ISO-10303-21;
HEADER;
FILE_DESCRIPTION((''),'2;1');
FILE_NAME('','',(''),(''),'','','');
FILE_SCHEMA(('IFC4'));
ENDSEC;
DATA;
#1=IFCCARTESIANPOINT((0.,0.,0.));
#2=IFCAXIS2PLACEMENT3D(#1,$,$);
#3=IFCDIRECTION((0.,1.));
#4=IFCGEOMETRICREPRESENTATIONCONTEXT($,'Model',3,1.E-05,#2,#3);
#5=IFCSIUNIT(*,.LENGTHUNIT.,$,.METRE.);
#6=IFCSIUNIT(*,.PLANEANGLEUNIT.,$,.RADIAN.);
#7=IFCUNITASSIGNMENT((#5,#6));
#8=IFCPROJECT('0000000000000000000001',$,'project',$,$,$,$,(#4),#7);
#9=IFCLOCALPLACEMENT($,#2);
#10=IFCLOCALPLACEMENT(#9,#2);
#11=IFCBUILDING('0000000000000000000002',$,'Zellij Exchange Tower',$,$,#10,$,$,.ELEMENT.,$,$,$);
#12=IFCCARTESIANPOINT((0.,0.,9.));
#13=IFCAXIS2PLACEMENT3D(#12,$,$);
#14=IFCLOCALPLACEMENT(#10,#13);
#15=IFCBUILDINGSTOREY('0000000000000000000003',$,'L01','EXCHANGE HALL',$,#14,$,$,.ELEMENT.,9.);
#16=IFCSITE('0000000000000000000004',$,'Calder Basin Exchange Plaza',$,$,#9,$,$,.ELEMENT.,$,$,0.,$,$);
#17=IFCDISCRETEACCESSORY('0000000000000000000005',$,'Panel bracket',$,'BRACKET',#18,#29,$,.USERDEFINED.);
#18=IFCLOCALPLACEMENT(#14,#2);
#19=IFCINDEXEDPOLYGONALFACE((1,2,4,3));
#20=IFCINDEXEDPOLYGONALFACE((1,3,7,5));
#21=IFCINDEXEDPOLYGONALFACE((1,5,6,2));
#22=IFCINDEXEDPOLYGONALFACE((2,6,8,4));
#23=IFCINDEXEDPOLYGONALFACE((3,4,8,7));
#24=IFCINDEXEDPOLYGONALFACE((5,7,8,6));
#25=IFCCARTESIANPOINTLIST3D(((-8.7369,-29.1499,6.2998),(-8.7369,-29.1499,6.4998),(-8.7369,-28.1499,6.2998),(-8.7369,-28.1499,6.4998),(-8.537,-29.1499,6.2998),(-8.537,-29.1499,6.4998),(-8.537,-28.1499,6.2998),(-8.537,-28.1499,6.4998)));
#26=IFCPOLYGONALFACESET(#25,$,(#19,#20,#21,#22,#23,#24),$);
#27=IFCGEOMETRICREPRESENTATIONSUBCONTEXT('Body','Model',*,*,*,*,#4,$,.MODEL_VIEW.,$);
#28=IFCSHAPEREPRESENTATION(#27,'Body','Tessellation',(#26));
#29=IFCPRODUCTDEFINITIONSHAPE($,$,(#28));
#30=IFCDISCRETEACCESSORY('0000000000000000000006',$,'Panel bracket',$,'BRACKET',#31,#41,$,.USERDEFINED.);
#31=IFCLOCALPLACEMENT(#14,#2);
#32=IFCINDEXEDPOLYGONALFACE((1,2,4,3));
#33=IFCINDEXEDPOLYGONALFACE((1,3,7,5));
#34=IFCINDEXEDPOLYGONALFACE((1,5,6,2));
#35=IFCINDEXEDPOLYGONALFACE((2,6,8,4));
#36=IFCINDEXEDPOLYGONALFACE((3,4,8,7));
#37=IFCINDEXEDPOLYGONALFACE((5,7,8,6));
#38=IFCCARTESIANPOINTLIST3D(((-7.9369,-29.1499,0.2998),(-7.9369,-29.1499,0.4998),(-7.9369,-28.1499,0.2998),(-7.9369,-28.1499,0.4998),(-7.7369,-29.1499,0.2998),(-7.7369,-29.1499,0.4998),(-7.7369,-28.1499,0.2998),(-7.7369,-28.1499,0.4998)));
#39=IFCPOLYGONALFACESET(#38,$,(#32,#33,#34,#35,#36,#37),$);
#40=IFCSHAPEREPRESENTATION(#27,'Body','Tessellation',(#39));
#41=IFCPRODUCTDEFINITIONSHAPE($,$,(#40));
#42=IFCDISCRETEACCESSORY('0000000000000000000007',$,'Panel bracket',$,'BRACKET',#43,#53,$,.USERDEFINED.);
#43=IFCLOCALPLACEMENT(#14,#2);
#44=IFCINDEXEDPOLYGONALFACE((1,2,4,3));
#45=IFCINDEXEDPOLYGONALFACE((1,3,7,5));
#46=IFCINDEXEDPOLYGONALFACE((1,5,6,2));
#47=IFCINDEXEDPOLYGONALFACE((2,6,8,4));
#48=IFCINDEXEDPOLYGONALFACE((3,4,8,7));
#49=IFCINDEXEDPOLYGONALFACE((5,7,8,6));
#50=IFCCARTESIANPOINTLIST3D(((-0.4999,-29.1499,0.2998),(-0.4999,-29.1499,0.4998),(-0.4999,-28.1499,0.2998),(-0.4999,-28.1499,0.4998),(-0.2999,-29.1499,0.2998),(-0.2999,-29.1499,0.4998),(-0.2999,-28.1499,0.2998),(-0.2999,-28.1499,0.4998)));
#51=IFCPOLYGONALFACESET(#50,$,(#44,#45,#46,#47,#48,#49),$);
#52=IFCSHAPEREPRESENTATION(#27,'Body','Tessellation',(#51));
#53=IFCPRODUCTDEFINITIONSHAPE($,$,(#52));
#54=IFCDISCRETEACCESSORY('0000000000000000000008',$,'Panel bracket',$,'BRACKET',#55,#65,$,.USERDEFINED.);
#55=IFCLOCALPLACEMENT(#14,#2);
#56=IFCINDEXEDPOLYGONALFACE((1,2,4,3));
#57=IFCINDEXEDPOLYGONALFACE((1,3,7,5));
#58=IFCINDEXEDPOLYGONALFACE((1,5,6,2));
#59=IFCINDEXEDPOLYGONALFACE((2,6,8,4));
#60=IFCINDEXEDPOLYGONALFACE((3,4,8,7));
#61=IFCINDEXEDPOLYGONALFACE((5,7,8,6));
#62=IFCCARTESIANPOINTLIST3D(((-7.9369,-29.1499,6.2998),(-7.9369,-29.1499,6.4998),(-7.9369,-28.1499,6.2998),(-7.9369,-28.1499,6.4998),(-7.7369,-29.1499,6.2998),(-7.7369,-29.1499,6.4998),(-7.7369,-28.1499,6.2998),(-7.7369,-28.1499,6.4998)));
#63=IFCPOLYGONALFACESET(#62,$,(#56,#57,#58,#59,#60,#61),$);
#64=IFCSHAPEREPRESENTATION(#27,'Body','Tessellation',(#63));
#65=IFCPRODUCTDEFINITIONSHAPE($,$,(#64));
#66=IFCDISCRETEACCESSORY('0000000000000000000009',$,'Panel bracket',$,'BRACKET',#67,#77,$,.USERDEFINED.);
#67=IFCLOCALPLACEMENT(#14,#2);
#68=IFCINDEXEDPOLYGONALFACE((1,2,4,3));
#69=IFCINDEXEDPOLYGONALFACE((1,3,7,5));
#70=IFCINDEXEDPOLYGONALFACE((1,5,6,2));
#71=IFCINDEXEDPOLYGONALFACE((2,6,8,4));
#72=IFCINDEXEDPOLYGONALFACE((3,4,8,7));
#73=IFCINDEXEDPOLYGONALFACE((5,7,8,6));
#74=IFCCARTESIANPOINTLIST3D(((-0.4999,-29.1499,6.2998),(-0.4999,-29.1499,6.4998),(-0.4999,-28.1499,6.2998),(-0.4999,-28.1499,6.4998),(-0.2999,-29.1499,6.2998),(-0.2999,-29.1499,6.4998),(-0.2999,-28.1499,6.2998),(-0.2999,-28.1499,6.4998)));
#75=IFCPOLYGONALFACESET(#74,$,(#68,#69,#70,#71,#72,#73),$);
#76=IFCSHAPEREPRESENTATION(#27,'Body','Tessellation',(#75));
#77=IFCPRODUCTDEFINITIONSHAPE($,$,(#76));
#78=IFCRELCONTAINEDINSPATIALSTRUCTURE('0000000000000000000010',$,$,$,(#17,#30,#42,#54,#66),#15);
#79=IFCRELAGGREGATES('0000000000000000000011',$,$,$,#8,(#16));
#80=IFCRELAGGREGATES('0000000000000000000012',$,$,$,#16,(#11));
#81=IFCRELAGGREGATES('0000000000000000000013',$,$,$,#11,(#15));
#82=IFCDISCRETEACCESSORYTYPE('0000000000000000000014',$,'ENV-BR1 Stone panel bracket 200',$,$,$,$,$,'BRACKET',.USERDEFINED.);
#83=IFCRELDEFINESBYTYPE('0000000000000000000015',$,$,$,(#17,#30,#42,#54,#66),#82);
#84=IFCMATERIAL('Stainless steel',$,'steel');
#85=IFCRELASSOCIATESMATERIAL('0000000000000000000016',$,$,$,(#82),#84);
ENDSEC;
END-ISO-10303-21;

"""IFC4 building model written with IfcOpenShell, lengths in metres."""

from ifc_helpers import new_model, si_unit, direction, frame, origin, origin_2d, place, context, subcontext, project, spatial, rectangle, extrude, material, type_object, element, save


model = new_model("IFC4")

# Units and contexts
model_context = context("Model", 3, precision=1e-05, world=origin(), true_north=direction((0.0, 1.0)))
body_context = subcontext(model_context, "Body", "Model", "MODEL_VIEW")
ifc_project = project(units=[si_unit("LENGTHUNIT", "METRE"), si_unit("PLANEANGLEUNIT", "RADIAN")], contexts=[model_context])

# Site, building, storey
site_placement = place(None, origin())
site = spatial("IfcSite", under=ifc_project, at=site_placement, Name="Calder Basin Exchange Plaza", CompositionType="ELEMENT", RefElevation=0.0)
building_placement = place(site_placement, origin())
building = spatial("IfcBuilding", under=site, at=building_placement, Name="Zellij Exchange Tower", CompositionType="ELEMENT")
storey_placement = place(building_placement, frame((0.0, 0.0, 9.0)))
storey = spatial("IfcBuildingStorey", under=building, at=storey_placement, Name="L01", Description="EXCHANGE HALL", CompositionType="ELEMENT", Elevation=9.0)

# Discrete accessories
ifc_material_1 = material(Name="Stainless steel", Category="steel")
discrete_accessory_type = type_object("IfcDiscreteAccessoryType", Name="ENV-BR1 Stone panel bracket 200", ElementType="BRACKET", PredefinedType="USERDEFINED", material=ifc_material_1)
for number, where, z_axis, x_axis, name in (
    (1, (-8.637, -28.6499, 6.2998), (0.0, 0.0, 1.0), (1.0, 0.0, 0.0), "Panel bracket"),
    (2, (-7.8369, -28.6499, 0.2998), (0.0, 0.0, 1.0), (1.0, 0.0, 0.0), "Panel bracket"),
    (3, (-0.3999, -28.6499, 0.2998), (0.0, 0.0, 1.0), (1.0, 0.0, 0.0), "Panel bracket"),
    (4, (-7.8369, -28.6499, 6.2998), (0.0, 0.0, 1.0), (1.0, 0.0, 0.0), "Panel bracket"),
    (5, (-0.3999, -28.6499, 6.2998), (0.0, 0.0, 1.0), (1.0, 0.0, 0.0), "Panel bracket"),
):
    element("IfcDiscreteAccessory", number, at=place(storey_placement, frame(where, z_axis=z_axis, x_axis=x_axis)), inside=storey, type_object=discrete_accessory_type, Name=name, ObjectType="BRACKET", PredefinedType="USERDEFINED", context=body_context, shape_type="SweptSolid", body=[
        extrude(rectangle(XDim=0.2, YDim=1.0, at=origin_2d()), origin(), (0.0, 0.0, 1.0), 0.2),
    ])

save(model, "model.ifc")
